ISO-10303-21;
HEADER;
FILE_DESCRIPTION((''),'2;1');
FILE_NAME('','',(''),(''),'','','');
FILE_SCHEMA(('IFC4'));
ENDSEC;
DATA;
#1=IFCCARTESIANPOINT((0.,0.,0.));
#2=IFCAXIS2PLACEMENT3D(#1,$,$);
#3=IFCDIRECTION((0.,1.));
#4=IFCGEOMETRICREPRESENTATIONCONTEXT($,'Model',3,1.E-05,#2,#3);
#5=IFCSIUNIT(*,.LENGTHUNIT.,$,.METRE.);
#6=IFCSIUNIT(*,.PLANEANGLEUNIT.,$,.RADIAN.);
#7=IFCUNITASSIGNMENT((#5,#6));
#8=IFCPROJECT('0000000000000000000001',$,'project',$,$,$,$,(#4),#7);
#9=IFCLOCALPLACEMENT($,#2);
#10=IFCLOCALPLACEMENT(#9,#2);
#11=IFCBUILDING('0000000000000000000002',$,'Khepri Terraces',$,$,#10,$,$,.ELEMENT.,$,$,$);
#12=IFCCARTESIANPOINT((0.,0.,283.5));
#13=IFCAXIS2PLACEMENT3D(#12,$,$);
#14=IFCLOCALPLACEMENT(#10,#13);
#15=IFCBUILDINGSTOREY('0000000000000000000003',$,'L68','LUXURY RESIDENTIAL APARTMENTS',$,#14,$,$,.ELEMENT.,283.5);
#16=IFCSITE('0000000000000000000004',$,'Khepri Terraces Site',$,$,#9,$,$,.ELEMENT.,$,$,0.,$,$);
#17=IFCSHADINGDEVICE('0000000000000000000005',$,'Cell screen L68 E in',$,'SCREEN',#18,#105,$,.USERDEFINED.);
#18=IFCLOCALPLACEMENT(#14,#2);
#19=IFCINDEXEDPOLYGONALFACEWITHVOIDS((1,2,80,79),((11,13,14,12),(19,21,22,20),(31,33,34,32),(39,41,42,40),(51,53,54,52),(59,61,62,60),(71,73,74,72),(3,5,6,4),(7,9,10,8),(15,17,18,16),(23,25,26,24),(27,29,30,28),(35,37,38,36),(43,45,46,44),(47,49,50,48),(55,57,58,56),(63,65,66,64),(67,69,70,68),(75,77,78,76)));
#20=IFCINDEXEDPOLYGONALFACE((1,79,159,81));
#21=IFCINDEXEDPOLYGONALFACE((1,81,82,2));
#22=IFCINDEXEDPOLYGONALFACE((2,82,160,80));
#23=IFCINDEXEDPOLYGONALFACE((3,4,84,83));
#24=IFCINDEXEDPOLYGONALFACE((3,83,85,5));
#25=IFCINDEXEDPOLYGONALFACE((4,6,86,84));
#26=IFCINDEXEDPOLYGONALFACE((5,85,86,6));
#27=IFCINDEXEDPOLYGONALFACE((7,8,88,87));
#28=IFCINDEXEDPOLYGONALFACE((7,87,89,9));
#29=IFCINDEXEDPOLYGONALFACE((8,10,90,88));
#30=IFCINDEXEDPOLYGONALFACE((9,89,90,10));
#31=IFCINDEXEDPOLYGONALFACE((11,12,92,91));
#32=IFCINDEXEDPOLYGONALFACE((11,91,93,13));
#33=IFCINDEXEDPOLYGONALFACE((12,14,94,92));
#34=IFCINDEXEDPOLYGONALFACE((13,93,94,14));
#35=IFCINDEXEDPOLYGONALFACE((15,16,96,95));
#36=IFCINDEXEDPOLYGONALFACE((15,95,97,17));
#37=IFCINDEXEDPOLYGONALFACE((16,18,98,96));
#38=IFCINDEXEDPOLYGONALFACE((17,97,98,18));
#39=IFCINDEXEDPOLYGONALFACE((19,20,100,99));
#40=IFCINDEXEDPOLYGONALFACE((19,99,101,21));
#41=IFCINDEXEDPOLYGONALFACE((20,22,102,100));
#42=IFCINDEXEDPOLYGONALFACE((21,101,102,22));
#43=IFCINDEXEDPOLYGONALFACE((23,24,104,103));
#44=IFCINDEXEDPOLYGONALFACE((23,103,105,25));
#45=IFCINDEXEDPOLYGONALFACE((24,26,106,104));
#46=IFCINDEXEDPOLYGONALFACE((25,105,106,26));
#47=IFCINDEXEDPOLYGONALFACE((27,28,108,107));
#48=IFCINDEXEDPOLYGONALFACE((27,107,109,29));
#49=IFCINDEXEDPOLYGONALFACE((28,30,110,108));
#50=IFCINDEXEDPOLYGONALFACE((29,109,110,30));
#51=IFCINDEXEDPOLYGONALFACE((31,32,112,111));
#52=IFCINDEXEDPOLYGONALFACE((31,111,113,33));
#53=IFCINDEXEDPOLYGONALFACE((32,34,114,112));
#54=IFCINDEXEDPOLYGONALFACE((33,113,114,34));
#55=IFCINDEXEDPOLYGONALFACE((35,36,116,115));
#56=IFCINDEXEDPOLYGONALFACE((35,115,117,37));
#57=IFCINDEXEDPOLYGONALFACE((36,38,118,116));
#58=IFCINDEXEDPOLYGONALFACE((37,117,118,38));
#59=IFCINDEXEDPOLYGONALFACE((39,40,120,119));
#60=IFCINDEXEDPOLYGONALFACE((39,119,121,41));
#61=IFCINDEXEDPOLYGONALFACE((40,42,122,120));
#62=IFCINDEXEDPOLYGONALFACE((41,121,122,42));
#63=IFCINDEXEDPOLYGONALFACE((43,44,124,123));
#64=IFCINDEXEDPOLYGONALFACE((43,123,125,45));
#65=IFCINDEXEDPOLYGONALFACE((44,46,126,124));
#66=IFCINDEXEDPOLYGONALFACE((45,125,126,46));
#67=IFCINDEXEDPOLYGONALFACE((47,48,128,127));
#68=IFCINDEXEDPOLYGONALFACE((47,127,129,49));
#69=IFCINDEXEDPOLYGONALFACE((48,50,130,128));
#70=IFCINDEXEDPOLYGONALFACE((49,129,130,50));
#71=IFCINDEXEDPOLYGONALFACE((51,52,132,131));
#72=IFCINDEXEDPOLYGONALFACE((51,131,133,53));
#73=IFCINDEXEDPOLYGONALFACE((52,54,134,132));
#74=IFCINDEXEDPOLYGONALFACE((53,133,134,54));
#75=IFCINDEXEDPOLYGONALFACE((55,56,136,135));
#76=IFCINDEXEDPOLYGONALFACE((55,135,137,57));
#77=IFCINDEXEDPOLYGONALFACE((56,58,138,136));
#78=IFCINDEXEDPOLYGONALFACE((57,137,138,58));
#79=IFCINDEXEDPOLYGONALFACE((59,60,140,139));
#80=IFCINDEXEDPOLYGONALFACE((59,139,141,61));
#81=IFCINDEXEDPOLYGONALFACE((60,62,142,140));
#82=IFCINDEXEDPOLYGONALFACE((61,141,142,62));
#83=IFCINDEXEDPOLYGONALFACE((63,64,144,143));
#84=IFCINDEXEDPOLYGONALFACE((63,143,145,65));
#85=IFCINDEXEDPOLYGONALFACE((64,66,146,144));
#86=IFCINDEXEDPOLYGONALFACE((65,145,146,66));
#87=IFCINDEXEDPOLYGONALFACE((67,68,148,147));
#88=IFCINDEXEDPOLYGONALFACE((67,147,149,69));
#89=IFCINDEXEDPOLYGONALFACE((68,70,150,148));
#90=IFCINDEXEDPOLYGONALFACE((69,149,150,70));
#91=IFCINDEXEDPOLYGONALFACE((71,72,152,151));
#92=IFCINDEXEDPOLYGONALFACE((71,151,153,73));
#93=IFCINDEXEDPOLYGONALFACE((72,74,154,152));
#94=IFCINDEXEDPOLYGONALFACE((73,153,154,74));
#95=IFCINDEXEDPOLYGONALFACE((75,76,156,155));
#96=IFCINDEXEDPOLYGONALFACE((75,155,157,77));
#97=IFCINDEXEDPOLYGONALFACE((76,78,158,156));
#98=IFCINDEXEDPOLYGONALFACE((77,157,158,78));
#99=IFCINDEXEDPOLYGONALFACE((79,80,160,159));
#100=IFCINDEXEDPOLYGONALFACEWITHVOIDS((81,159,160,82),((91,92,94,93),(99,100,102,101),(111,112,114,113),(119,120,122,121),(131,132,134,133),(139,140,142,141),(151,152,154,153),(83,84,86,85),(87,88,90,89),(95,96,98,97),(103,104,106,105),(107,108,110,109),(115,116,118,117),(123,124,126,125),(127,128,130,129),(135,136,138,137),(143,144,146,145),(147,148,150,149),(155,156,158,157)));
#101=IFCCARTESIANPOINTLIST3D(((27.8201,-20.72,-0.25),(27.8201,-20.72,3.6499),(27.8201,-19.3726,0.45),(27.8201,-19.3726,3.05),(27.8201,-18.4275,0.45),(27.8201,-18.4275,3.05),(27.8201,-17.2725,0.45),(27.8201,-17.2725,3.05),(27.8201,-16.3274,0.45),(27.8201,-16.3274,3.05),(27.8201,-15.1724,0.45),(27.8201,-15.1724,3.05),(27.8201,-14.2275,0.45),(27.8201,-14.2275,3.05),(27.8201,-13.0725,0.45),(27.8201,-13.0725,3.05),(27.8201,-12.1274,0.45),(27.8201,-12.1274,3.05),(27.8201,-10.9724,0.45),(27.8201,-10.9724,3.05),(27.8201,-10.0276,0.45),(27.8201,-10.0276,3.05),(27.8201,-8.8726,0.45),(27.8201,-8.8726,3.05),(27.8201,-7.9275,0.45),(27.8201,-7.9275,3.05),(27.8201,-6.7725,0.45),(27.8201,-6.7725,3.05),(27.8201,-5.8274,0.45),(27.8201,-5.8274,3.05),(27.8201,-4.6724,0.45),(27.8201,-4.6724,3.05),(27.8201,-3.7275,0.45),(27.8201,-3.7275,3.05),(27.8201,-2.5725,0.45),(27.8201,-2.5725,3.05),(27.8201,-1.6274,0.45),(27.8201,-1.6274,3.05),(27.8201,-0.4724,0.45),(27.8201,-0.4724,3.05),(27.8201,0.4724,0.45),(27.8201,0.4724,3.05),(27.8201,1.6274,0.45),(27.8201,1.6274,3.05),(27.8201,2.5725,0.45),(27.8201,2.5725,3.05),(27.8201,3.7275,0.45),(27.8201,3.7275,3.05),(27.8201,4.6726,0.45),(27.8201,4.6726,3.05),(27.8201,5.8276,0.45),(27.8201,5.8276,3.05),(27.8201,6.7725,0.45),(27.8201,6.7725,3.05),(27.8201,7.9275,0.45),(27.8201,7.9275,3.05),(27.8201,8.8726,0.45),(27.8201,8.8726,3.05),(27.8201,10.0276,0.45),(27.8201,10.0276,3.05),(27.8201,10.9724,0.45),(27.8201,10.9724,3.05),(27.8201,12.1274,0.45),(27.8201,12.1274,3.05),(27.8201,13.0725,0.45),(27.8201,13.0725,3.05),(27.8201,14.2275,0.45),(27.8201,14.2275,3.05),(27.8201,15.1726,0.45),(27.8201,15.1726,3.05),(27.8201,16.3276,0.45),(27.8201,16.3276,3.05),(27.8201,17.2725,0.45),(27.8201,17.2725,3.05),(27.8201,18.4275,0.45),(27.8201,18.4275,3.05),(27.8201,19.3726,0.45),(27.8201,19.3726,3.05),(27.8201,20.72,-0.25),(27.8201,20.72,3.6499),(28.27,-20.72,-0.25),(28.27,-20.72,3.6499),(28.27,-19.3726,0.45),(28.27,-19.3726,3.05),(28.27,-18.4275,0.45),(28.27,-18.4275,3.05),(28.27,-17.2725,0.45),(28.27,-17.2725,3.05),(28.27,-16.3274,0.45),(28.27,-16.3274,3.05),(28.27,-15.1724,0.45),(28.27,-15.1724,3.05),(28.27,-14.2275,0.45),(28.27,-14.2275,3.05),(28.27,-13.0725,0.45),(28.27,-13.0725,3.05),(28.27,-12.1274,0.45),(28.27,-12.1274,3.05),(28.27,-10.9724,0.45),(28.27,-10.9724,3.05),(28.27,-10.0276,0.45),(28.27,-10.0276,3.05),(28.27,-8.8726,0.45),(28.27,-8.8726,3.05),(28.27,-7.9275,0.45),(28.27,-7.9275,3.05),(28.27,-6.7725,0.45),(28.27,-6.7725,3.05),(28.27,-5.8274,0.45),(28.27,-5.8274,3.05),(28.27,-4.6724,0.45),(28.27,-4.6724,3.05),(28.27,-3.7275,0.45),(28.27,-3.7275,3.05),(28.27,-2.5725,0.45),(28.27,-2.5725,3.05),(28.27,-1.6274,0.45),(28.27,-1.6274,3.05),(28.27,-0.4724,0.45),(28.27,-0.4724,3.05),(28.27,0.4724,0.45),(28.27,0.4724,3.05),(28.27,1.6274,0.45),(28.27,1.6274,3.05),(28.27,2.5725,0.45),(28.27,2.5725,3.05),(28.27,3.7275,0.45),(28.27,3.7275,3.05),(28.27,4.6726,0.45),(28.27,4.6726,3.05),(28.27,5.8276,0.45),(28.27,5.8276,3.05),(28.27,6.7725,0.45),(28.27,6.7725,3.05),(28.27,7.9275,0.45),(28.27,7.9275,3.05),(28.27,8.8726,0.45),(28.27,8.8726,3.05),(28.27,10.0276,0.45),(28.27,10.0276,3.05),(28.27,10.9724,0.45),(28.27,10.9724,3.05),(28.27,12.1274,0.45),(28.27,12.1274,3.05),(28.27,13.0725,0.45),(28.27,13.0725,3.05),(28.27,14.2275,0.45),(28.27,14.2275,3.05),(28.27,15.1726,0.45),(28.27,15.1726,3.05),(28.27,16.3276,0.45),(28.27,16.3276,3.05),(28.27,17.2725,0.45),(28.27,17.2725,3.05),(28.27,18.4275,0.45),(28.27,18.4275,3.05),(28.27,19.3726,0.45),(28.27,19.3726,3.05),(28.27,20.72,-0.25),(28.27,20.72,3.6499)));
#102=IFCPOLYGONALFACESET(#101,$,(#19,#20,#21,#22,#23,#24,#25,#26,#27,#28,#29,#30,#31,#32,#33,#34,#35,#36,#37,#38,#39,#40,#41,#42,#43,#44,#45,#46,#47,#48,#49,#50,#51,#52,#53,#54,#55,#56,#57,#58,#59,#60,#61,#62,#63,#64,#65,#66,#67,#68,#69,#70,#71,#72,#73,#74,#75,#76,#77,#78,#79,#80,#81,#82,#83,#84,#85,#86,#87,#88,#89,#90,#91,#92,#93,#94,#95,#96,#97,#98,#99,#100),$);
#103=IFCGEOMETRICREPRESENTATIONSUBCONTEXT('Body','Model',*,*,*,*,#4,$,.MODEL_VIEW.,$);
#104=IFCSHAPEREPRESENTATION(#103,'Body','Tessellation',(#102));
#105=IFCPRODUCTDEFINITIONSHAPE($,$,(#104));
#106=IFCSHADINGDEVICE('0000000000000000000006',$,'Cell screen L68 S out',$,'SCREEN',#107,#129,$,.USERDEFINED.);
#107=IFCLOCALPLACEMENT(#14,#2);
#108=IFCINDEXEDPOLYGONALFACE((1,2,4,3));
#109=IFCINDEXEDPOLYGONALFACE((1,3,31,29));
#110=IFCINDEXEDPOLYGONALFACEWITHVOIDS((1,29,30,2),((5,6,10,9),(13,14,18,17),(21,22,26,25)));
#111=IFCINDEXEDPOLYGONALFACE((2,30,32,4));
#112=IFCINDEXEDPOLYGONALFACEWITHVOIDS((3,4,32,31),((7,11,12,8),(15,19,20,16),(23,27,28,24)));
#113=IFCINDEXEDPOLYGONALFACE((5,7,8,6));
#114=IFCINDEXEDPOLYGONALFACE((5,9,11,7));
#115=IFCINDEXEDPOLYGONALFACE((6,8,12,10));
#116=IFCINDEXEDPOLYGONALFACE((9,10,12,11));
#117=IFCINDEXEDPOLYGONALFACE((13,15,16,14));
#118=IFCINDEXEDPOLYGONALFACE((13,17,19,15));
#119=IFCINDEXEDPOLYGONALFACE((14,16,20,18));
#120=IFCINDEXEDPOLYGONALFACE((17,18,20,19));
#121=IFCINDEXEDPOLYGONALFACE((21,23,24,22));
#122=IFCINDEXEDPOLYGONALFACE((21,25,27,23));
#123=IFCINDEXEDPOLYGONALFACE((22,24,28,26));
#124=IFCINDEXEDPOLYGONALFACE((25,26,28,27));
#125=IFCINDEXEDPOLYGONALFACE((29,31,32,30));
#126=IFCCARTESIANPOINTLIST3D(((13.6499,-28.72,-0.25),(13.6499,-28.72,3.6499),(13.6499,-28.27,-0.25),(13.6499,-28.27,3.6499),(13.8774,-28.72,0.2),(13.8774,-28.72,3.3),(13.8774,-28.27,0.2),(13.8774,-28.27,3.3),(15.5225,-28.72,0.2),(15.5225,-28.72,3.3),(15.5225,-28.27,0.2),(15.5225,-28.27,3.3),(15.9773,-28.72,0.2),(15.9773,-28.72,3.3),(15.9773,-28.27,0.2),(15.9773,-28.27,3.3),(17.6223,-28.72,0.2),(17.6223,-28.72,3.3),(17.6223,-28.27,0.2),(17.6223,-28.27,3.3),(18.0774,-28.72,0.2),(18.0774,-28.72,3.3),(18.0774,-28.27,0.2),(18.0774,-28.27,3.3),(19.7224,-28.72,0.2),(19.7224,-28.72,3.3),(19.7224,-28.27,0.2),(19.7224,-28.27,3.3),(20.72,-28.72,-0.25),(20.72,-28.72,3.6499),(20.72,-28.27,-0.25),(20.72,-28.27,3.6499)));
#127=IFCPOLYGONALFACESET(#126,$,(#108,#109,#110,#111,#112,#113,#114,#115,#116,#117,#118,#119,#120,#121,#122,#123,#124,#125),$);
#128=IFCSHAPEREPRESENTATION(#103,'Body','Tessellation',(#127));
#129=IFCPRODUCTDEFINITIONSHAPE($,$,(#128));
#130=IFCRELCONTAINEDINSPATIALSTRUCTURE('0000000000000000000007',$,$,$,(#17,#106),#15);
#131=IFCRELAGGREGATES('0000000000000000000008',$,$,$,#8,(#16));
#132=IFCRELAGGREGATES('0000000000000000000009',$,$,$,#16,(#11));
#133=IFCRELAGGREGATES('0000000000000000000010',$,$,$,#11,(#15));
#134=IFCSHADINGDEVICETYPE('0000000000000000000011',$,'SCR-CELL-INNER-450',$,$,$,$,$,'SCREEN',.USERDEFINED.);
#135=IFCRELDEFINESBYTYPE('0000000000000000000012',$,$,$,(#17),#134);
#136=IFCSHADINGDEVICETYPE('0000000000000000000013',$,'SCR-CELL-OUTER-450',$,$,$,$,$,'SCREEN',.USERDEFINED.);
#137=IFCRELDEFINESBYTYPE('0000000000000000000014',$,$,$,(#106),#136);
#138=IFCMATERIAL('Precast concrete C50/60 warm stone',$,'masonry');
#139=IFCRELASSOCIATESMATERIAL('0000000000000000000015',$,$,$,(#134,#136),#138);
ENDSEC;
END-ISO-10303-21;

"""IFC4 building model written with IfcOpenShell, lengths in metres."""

from ifc_helpers import new_model, si_unit, direction, frame, origin, place, context, subcontext, project, spatial, polyline, outline, extrude, material, type_object, element, save


model = new_model("IFC4")

# Units and contexts
model_context = context("Model", 3, precision=1e-05, world=origin(), true_north=direction((0.0, 1.0)))
body_context = subcontext(model_context, "Body", "Model", "MODEL_VIEW")
ifc_project = project(units=[si_unit("LENGTHUNIT", "METRE"), si_unit("PLANEANGLEUNIT", "RADIAN")], contexts=[model_context])

# Site, building, storey
site_placement = place(None, origin())
site = spatial("IfcSite", under=ifc_project, at=site_placement, Name="Khepri Terraces Site", CompositionType="ELEMENT", RefElevation=0.0)
building_placement = place(site_placement, origin())
building = spatial("IfcBuilding", under=site, at=building_placement, Name="Khepri Terraces", CompositionType="ELEMENT")
storey_placement = place(building_placement, frame((0.0, 0.0, 283.5)))
storey = spatial("IfcBuildingStorey", under=building, at=storey_placement, Name="L68", Description="LUXURY RESIDENTIAL APARTMENTS", CompositionType="ELEMENT", Elevation=283.5)

# Shared definitions
ifc_material_1 = material(Name="Precast concrete C50/60 warm stone", Category="masonry")

# Shading devices
shading_device_type_1 = type_object("IfcShadingDeviceType", Name="SCR-CELL-INNER-450", ElementType="SCREEN", PredefinedType="USERDEFINED", material=ifc_material_1)
shading_device_1_placement = place(storey_placement, frame((27.8201, -20.72, -0.25), z_axis=(1.0, 0.0, 0.0), x_axis=(0.0, 1.0, 0.0)))
element("IfcShadingDevice", 1, at=shading_device_1_placement, inside=storey, type_object=shading_device_type_1, Name="Cell screen L68 E in", ObjectType="SCREEN", PredefinedType="USERDEFINED", context=body_context, shape_type="SweptSolid", body=[
    extrude(outline(polyline([(0.0, 0.0), (41.4399, 0.0), (41.4399, 3.8999), (0.0, 3.8999), (0.0, 0.0)]), holes=[polyline([(1.3474, 0.7), (2.2925, 0.7), (2.2925, 3.3), (1.3474, 3.3), (1.3474, 0.7)]), polyline([(3.4475, 0.7), (4.3926, 0.7), (4.3926, 3.3), (3.4475, 3.3), (3.4475, 0.7)]), polyline([(5.5476, 0.7), (6.4924, 0.7), (6.4924, 3.3), (5.5476, 3.3), (5.5476, 0.7)]), polyline([(7.6475, 0.7), (8.5925, 0.7), (8.5925, 3.3), (7.6475, 3.3), (7.6475, 0.7)]), polyline([(9.7476, 0.7), (10.6924, 0.7), (10.6924, 3.3), (9.7476, 3.3), (9.7476, 0.7)]), polyline([(11.8474, 0.7), (12.7925, 0.7), (12.7925, 3.3), (11.8474, 3.3), (11.8474, 0.7)]), polyline([(13.9475, 0.7), (14.8926, 0.7), (14.8926, 3.3), (13.9475, 3.3), (13.9475, 0.7)]), polyline([(16.0476, 0.7), (16.9924, 0.7), (16.9924, 3.3), (16.0476, 3.3), (16.0476, 0.7)]), polyline([(18.1475, 0.7), (19.0925, 0.7), (19.0925, 3.3), (18.1475, 3.3), (18.1475, 0.7)]), polyline([(20.2476, 0.7), (21.1924, 0.7), (21.1924, 3.3), (20.2476, 3.3), (20.2476, 0.7)]), polyline([(22.3474, 0.7), (23.2925, 0.7), (23.2925, 3.3), (22.3474, 3.3), (22.3474, 0.7)]), polyline([(24.4475, 0.7), (25.3926, 0.7), (25.3926, 3.3), (24.4475, 3.3), (24.4475, 0.7)]), polyline([(26.5476, 0.7), (27.4924, 0.7), (27.4924, 3.3), (26.5476, 3.3), (26.5476, 0.7)]), polyline([(28.6475, 0.7), (29.5925, 0.7), (29.5925, 3.3), (28.6475, 3.3), (28.6475, 0.7)]), polyline([(30.7476, 0.7), (31.6924, 0.7), (31.6924, 3.3), (30.7476, 3.3), (30.7476, 0.7)]), polyline([(32.8474, 0.7), (33.7925, 0.7), (33.7925, 3.3), (32.8474, 3.3), (32.8474, 0.7)]), polyline([(34.9475, 0.7), (35.8926, 0.7), (35.8926, 3.3), (34.9475, 3.3), (34.9475, 0.7)]), polyline([(37.0476, 0.7), (37.9924, 0.7), (37.9924, 3.3), (37.0476, 3.3), (37.0476, 0.7)]), polyline([(39.1475, 0.7), (40.0925, 0.7), (40.0925, 3.3), (39.1475, 3.3), (39.1475, 0.7)])]), origin(), (0.0, 0.0, 1.0), 0.45),
])
shading_device_type_2 = type_object("IfcShadingDeviceType", Name="SCR-CELL-OUTER-450", ElementType="SCREEN", PredefinedType="USERDEFINED", material=ifc_material_1)
shading_device_2_placement = place(storey_placement, frame((13.6499, -28.27, -0.25), z_axis=(0.0, -1.0, 0.0), x_axis=(1.0, 0.0, 0.0)))
element("IfcShadingDevice", 2, at=shading_device_2_placement, inside=storey, type_object=shading_device_type_2, Name="Cell screen L68 S out", ObjectType="SCREEN", PredefinedType="USERDEFINED", context=body_context, shape_type="SweptSolid", body=[
    extrude(outline(polyline([(0.0, 0.0), (7.0701, 0.0), (7.0701, 3.8999), (0.0, 3.8999), (0.0, 0.0)]), holes=[polyline([(0.2275, 0.45), (1.8726, 0.45), (1.8726, 3.55), (0.2275, 3.55), (0.2275, 0.45)]), polyline([(2.3274, 0.45), (3.9724, 0.45), (3.9724, 3.55), (2.3274, 3.55), (2.3274, 0.45)]), polyline([(4.4275, 0.45), (6.0725, 0.45), (6.0725, 3.55), (4.4275, 3.55), (4.4275, 0.45)])]), origin(), (0.0, 0.0, 1.0), 0.45),
])

save(model, "model.ifc")
